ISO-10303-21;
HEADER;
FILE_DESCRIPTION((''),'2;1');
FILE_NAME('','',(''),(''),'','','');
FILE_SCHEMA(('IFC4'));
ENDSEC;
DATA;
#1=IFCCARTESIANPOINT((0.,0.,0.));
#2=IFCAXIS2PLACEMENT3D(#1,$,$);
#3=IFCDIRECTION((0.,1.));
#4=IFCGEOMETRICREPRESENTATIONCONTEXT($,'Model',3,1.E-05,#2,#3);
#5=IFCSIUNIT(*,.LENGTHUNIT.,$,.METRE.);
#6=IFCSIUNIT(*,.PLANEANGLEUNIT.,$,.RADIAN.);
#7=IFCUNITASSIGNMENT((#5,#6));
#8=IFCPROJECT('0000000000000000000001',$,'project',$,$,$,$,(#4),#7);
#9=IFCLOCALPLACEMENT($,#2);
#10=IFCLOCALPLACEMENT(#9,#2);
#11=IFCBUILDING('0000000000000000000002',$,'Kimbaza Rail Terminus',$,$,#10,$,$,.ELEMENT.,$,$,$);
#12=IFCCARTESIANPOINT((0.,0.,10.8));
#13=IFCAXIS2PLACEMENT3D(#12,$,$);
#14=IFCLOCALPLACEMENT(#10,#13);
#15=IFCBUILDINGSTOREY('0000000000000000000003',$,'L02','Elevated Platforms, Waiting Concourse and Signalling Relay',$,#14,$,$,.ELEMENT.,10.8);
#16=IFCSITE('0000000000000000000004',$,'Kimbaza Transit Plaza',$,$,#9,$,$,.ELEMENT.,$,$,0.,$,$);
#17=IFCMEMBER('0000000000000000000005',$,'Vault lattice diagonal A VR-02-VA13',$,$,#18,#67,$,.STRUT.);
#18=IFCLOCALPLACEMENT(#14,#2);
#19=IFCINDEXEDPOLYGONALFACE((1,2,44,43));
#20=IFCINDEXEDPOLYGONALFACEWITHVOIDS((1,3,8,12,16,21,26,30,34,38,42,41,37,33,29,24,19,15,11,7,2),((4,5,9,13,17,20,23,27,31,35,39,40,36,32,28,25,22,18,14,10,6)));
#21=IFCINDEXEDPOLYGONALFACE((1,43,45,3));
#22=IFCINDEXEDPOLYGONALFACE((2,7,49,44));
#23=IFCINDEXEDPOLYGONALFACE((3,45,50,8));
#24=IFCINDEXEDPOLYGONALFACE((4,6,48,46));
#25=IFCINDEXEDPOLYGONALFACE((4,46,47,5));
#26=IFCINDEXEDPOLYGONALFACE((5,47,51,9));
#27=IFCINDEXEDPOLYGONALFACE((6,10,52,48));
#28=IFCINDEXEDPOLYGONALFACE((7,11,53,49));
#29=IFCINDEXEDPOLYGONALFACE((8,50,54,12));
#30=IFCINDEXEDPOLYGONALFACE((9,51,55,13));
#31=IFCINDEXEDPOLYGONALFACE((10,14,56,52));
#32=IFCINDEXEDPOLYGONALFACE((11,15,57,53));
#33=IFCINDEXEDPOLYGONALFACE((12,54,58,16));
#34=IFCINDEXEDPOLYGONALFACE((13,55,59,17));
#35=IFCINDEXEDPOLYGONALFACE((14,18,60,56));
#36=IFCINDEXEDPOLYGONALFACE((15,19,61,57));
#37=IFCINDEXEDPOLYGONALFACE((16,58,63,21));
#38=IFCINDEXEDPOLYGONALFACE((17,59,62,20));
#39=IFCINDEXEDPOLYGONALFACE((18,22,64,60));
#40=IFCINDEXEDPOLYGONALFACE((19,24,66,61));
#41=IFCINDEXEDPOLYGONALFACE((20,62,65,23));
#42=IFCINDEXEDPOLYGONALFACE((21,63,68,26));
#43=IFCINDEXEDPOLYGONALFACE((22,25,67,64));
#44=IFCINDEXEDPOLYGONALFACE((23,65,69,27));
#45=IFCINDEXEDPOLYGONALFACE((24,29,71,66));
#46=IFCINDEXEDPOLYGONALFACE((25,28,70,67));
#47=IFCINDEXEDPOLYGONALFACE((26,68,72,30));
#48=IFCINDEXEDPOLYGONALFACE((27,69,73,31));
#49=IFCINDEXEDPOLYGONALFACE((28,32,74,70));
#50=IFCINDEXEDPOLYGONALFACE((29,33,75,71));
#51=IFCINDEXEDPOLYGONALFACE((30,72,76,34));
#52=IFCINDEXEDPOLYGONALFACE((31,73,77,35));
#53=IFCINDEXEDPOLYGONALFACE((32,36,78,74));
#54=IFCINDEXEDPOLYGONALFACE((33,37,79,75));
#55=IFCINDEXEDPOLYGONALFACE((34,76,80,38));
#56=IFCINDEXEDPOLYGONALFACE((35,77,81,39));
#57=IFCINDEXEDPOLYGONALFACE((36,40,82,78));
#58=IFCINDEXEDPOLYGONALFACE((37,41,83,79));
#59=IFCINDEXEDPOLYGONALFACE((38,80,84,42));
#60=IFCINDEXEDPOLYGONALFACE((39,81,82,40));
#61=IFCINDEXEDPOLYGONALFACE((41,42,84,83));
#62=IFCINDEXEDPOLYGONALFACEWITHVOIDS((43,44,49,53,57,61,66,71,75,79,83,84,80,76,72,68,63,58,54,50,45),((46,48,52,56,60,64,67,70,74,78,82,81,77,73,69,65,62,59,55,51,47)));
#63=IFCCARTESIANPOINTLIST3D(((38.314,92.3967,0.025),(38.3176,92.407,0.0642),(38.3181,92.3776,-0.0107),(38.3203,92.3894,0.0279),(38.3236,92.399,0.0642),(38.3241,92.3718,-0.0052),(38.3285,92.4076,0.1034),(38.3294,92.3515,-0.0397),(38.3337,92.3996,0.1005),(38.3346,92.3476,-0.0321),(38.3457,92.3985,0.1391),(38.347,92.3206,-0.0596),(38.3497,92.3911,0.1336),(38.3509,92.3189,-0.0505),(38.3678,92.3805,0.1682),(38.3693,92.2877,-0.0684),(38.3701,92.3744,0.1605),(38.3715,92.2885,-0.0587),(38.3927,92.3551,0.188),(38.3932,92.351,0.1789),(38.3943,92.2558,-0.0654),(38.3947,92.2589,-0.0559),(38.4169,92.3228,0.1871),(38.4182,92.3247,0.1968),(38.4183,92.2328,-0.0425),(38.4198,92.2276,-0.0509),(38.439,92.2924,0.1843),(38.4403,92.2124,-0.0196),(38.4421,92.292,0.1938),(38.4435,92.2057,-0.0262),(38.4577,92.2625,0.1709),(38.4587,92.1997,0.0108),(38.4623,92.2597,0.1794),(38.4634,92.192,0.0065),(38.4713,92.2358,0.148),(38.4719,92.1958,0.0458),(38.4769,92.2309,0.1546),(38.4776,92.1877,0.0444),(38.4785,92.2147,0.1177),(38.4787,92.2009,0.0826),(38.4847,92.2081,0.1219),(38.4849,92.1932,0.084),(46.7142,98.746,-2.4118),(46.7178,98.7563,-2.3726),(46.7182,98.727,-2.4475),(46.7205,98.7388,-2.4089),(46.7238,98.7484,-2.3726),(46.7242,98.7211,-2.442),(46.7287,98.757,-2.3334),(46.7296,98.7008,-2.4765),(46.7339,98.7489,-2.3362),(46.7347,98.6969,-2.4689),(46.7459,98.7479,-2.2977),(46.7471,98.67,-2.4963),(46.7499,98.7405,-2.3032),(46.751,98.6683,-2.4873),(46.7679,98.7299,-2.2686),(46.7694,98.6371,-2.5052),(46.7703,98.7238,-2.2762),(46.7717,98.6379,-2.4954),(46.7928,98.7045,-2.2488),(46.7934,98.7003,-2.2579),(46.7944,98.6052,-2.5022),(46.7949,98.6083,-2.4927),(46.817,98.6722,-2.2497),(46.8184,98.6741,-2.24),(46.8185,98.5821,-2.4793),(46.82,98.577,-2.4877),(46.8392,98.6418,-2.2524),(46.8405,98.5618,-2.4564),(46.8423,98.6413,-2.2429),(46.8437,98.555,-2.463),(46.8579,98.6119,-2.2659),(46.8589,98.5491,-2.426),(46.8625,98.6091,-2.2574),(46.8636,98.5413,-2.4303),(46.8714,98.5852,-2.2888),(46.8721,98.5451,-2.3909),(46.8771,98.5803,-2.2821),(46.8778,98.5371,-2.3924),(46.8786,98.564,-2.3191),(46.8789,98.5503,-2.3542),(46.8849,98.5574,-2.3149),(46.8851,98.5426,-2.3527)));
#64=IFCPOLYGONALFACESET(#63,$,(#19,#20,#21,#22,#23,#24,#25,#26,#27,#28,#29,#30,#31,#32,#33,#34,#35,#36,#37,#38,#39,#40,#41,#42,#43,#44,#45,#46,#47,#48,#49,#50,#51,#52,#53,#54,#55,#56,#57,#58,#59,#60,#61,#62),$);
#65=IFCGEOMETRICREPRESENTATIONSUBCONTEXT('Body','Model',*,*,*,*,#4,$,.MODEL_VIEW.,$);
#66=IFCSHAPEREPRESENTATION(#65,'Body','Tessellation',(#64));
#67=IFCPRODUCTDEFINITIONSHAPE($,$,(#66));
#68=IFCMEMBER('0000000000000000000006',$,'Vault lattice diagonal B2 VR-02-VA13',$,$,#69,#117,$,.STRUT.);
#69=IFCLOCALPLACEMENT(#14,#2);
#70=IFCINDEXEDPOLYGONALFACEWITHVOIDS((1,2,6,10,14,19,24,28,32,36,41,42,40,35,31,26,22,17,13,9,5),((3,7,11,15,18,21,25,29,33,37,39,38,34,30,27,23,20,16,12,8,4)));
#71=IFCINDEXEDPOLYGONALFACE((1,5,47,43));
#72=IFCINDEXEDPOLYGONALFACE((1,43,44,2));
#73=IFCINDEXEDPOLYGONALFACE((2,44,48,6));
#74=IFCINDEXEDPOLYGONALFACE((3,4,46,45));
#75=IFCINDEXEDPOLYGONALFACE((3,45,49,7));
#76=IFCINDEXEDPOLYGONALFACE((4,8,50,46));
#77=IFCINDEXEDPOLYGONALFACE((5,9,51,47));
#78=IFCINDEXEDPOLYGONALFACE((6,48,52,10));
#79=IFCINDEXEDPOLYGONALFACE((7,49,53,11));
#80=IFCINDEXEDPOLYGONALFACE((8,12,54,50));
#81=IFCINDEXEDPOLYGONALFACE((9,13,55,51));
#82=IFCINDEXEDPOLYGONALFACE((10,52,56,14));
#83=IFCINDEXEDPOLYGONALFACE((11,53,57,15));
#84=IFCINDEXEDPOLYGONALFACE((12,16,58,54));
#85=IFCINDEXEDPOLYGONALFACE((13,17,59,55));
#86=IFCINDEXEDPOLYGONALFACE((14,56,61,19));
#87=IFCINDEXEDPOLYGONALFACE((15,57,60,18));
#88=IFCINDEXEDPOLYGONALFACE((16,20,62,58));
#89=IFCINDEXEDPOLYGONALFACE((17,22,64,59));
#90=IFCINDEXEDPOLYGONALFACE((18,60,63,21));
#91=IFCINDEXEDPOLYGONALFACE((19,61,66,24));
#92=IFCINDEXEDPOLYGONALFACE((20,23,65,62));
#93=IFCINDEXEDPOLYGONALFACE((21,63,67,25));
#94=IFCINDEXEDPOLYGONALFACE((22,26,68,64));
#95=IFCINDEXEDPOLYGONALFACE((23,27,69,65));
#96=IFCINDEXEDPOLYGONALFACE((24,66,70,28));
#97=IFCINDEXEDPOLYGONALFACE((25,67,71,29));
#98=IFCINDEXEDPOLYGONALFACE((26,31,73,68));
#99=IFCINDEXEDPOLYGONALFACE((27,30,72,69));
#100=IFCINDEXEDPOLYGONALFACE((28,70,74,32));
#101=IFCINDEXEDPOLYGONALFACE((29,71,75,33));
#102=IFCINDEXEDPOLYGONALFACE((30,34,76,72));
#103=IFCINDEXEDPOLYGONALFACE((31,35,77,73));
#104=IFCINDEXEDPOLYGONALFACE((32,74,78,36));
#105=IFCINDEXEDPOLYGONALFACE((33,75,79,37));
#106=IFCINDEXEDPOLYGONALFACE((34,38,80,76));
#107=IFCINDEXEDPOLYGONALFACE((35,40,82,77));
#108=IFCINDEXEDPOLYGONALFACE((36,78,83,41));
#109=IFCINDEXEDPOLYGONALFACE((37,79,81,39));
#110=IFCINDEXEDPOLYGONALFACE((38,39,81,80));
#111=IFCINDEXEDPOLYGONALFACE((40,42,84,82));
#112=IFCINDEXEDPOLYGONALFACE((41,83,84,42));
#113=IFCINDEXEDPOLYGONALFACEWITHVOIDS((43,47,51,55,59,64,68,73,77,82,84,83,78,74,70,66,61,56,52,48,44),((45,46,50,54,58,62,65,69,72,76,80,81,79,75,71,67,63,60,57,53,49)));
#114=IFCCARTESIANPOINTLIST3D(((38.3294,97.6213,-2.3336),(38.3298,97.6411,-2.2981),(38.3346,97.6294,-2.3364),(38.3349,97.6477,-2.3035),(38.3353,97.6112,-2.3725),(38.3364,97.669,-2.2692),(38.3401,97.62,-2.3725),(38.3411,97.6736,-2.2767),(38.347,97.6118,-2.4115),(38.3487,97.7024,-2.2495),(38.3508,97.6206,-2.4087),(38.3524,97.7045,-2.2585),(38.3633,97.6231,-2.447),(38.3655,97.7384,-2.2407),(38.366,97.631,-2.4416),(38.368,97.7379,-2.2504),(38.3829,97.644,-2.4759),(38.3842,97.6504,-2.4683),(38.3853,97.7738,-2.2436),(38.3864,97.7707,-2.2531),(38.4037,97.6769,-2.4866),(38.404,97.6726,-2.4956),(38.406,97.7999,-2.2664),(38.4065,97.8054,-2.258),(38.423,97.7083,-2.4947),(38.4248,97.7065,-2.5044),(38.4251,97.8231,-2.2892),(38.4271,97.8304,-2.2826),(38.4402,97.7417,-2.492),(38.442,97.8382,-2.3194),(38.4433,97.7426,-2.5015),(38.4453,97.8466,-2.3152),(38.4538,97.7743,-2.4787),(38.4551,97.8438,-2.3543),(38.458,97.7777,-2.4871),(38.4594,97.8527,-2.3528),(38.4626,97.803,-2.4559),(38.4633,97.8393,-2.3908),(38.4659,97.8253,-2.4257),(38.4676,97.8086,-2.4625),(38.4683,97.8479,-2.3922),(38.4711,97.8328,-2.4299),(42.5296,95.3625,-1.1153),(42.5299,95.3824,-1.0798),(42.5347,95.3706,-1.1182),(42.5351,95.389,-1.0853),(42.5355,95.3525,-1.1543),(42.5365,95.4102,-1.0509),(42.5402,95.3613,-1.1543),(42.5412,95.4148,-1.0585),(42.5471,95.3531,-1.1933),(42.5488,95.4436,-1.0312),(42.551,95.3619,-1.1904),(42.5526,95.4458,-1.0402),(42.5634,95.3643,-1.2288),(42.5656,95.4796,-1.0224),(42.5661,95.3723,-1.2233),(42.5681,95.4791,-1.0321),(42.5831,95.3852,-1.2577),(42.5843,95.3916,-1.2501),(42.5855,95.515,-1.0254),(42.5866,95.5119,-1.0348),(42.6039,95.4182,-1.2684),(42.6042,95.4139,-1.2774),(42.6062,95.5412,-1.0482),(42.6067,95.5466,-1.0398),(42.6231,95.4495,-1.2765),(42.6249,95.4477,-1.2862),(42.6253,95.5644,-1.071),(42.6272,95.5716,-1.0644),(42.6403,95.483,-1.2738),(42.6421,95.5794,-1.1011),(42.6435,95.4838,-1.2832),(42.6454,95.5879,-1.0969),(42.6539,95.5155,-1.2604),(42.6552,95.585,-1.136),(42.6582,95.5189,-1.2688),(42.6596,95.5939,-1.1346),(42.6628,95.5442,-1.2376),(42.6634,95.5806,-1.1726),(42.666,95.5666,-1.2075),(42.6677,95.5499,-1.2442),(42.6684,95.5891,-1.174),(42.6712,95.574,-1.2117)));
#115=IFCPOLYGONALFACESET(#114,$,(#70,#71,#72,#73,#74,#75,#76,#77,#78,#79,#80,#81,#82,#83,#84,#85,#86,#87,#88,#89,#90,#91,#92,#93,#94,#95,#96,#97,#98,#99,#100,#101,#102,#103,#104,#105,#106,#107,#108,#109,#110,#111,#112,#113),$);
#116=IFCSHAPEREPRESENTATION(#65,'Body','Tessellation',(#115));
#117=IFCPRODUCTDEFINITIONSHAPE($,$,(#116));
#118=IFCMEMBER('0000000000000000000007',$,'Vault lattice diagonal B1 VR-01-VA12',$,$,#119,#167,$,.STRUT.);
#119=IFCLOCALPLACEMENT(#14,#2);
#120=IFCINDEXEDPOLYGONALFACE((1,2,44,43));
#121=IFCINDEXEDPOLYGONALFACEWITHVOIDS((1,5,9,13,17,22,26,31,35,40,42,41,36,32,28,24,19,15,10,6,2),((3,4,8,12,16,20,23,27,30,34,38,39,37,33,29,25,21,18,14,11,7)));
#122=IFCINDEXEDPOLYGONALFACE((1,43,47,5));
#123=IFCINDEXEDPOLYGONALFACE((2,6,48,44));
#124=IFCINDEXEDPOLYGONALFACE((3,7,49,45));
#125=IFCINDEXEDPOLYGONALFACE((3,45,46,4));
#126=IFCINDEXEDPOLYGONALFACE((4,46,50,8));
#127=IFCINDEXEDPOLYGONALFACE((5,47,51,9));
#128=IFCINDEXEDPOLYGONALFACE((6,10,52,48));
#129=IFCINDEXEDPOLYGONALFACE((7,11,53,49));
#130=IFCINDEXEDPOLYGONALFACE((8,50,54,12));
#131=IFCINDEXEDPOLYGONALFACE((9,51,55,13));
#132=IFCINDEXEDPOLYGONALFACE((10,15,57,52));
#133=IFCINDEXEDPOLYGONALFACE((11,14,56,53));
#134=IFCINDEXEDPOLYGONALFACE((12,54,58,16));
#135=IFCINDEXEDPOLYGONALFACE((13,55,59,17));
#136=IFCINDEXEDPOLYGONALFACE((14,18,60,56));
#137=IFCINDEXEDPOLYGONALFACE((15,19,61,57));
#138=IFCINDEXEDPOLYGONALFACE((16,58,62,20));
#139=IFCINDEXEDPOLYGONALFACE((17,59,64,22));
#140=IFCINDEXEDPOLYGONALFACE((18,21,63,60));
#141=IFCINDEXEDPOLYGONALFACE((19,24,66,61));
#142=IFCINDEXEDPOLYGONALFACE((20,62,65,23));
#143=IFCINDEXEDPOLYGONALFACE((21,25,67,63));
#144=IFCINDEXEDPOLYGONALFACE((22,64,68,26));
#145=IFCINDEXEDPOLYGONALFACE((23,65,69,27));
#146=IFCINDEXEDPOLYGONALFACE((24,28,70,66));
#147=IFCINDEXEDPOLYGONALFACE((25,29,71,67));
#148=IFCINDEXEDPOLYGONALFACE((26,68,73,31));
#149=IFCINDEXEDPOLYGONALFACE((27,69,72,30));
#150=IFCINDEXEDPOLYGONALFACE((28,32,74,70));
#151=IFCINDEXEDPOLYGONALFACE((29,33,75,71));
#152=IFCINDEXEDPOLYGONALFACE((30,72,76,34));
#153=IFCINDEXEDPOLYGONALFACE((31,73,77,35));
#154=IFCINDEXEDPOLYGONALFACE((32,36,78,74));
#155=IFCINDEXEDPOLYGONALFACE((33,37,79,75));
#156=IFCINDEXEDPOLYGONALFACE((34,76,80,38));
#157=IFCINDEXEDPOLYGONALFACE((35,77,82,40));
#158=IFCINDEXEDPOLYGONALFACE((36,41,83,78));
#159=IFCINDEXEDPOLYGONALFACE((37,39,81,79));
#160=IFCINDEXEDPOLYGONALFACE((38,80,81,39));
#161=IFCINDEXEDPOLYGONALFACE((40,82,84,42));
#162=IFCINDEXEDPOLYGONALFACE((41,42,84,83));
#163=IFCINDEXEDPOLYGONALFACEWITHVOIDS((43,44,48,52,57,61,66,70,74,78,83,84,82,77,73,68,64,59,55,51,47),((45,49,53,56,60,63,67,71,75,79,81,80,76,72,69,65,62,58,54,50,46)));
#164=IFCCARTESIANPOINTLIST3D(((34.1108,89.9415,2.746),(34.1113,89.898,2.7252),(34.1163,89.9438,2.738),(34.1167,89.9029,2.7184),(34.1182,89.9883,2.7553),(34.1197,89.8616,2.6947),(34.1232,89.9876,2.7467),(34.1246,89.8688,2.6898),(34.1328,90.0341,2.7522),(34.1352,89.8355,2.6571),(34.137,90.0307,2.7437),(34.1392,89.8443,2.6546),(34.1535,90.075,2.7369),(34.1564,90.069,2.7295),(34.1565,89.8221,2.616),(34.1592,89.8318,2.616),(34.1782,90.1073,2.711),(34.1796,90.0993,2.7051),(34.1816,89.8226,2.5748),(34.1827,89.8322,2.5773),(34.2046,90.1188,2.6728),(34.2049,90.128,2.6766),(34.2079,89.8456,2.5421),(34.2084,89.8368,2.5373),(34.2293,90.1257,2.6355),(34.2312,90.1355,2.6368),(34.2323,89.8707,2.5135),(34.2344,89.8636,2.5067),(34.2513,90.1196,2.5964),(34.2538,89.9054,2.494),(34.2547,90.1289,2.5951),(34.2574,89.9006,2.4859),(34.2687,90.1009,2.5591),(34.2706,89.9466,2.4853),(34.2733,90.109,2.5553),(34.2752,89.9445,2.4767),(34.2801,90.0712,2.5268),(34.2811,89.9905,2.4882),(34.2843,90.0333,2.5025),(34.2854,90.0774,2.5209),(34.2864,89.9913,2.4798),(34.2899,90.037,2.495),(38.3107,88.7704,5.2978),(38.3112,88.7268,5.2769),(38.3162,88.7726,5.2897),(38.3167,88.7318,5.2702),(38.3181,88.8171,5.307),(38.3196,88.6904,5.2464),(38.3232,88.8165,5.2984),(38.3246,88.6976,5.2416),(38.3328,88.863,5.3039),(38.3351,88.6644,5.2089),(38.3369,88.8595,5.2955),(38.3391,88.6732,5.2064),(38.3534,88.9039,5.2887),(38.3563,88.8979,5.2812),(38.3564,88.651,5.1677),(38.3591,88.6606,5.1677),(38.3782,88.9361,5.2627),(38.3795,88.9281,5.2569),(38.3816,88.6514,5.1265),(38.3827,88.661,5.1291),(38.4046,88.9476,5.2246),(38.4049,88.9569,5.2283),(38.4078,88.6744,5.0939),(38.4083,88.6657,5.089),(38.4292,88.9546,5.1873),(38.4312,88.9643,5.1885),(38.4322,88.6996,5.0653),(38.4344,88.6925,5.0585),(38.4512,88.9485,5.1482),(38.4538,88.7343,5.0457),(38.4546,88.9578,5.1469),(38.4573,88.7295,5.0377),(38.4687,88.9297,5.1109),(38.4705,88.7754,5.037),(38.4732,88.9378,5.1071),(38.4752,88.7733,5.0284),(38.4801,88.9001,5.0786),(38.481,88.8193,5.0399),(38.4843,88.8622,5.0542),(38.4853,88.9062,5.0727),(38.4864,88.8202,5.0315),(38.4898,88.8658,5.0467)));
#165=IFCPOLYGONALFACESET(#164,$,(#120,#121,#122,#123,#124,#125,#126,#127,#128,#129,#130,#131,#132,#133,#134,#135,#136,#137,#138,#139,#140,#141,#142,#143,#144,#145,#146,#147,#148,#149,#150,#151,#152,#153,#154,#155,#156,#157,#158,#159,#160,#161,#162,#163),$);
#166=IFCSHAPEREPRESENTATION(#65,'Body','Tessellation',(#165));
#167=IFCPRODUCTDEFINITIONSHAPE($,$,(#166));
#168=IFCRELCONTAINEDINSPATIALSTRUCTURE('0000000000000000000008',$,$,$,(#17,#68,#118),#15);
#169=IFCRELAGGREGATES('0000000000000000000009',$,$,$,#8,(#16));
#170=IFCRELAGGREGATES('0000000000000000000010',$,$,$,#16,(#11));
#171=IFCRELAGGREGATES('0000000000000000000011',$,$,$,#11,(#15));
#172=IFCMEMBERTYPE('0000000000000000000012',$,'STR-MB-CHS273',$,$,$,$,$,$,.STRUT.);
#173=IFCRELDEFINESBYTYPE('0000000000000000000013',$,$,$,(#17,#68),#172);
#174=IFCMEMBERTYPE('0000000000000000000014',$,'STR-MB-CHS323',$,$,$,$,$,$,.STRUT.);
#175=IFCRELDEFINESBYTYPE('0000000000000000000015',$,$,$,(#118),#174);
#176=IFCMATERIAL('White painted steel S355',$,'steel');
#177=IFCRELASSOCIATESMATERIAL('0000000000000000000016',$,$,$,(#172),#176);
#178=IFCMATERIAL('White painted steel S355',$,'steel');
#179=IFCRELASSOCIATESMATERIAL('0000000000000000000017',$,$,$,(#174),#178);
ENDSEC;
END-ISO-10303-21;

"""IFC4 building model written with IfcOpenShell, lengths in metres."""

from ifc_helpers import new_model, si_unit, direction, frame, origin, origin_2d, place, context, subcontext, project, spatial, hollow_circle, extrude, material, material_profile, profile_set, type_object, element, save


model = new_model("IFC4")

# Units and contexts
model_context = context("Model", 3, precision=1e-05, world=origin(), true_north=direction((0.0, 1.0)))
body_context = subcontext(model_context, "Body", "Model", "MODEL_VIEW")
ifc_project = project(units=[si_unit("LENGTHUNIT", "METRE"), si_unit("PLANEANGLEUNIT", "RADIAN")], contexts=[model_context])

# Site, building, storey
site_placement = place(None, origin())
site = spatial("IfcSite", under=ifc_project, at=site_placement, Name="Kimbaza Transit Plaza", CompositionType="ELEMENT", RefElevation=0.0)
building_placement = place(site_placement, origin())
building = spatial("IfcBuilding", under=site, at=building_placement, Name="Kimbaza Rail Terminus", CompositionType="ELEMENT")
storey_placement = place(building_placement, frame((0.0, 0.0, 10.8)))
storey = spatial("IfcBuildingStorey", under=building, at=storey_placement, Name="L02", Description="Elevated Platforms, Waiting Concourse and Signalling Relay", CompositionType="ELEMENT", Elevation=10.8)

# Members
ifc_material_1 = material(Name="White painted steel S355", Category="steel")
ifc_material_profile_1 = material_profile(ifc_material_1, hollow_circle(Radius=0.1365, WallThickness=0.01, at=origin_2d()), Name="CHS 273x10")
ifc_profile_set_1 = profile_set([ifc_material_profile_1], Name="White painted steel S355")
member_type_1 = type_object("IfcMemberType", Name="STR-MB-CHS273", PredefinedType="STRUT", material=ifc_profile_set_1)
member_1_placement = place(storey_placement, frame((38.3999, 92.2981, 0.0642), z_axis=(0.777209, 0.587464, -0.225458), x_axis=(-0.60299, 0.797749, 0.0)))
element("IfcMember", 1, at=member_1_placement, inside=storey, type_object=member_type_1, Name="Vault lattice diagonal A VR-02-VA13", PredefinedType="STRUT", context=body_context, shape_type="SweptSolid", body=[
    extrude(hollow_circle(Radius=0.1365, WallThickness=0.01, at=origin_2d()), origin(), (0.0, 0.0, 1.0), 10.8081),
])
member_2_placement = place(storey_placement, frame((42.6001, 95.4727, -1.1543), z_axis=(-0.853319, 0.458899, -0.247504), x_axis=(-0.473636, -0.880721, 0.0)))
element("IfcMember", 2, at=member_2_placement, inside=storey, type_object=member_type_1, Name="Vault lattice diagonal B2 VR-02-VA13", PredefinedType="STRUT", context=body_context, shape_type="SweptSolid", body=[
    extrude(hollow_circle(Radius=0.1365, WallThickness=0.01, at=origin_2d()), origin(), (0.0, 0.0, 1.0), 4.9221),
])
ifc_material_2 = material(Name="White painted steel S355", Category="steel")
ifc_material_profile_2 = material_profile(ifc_material_2, hollow_circle(Radius=0.1619, WallThickness=0.01, at=origin_2d()), Name="CHS 323.9x10")
ifc_profile_set_2 = profile_set([ifc_material_profile_2], Name="White painted steel S355")
member_type_2 = type_object("IfcMemberType", Name="STR-MB-CHS323", PredefinedType="STRUT", material=ifc_profile_set_2)
for number, where, z_axis, x_axis, name in (
    (3, (38.3999, 88.8069, 5.1677), (-0.831345, 0.231818, -0.505099), (-0.2686, -0.963252, 0.0), "Vault lattice diagonal B1 VR-01-VA12"),
):
    element("IfcMember", number, at=place(storey_placement, frame(where, z_axis=z_axis, x_axis=x_axis)), inside=storey, type_object=member_type_2, Name=name, PredefinedType="STRUT", context=body_context, shape_type="SweptSolid", body=[
        extrude(hollow_circle(Radius=0.1619, WallThickness=0.01, at=origin_2d()), origin(), (0.0, 0.0, 1.0), 5.052),
    ])

save(model, "model.ifc")
